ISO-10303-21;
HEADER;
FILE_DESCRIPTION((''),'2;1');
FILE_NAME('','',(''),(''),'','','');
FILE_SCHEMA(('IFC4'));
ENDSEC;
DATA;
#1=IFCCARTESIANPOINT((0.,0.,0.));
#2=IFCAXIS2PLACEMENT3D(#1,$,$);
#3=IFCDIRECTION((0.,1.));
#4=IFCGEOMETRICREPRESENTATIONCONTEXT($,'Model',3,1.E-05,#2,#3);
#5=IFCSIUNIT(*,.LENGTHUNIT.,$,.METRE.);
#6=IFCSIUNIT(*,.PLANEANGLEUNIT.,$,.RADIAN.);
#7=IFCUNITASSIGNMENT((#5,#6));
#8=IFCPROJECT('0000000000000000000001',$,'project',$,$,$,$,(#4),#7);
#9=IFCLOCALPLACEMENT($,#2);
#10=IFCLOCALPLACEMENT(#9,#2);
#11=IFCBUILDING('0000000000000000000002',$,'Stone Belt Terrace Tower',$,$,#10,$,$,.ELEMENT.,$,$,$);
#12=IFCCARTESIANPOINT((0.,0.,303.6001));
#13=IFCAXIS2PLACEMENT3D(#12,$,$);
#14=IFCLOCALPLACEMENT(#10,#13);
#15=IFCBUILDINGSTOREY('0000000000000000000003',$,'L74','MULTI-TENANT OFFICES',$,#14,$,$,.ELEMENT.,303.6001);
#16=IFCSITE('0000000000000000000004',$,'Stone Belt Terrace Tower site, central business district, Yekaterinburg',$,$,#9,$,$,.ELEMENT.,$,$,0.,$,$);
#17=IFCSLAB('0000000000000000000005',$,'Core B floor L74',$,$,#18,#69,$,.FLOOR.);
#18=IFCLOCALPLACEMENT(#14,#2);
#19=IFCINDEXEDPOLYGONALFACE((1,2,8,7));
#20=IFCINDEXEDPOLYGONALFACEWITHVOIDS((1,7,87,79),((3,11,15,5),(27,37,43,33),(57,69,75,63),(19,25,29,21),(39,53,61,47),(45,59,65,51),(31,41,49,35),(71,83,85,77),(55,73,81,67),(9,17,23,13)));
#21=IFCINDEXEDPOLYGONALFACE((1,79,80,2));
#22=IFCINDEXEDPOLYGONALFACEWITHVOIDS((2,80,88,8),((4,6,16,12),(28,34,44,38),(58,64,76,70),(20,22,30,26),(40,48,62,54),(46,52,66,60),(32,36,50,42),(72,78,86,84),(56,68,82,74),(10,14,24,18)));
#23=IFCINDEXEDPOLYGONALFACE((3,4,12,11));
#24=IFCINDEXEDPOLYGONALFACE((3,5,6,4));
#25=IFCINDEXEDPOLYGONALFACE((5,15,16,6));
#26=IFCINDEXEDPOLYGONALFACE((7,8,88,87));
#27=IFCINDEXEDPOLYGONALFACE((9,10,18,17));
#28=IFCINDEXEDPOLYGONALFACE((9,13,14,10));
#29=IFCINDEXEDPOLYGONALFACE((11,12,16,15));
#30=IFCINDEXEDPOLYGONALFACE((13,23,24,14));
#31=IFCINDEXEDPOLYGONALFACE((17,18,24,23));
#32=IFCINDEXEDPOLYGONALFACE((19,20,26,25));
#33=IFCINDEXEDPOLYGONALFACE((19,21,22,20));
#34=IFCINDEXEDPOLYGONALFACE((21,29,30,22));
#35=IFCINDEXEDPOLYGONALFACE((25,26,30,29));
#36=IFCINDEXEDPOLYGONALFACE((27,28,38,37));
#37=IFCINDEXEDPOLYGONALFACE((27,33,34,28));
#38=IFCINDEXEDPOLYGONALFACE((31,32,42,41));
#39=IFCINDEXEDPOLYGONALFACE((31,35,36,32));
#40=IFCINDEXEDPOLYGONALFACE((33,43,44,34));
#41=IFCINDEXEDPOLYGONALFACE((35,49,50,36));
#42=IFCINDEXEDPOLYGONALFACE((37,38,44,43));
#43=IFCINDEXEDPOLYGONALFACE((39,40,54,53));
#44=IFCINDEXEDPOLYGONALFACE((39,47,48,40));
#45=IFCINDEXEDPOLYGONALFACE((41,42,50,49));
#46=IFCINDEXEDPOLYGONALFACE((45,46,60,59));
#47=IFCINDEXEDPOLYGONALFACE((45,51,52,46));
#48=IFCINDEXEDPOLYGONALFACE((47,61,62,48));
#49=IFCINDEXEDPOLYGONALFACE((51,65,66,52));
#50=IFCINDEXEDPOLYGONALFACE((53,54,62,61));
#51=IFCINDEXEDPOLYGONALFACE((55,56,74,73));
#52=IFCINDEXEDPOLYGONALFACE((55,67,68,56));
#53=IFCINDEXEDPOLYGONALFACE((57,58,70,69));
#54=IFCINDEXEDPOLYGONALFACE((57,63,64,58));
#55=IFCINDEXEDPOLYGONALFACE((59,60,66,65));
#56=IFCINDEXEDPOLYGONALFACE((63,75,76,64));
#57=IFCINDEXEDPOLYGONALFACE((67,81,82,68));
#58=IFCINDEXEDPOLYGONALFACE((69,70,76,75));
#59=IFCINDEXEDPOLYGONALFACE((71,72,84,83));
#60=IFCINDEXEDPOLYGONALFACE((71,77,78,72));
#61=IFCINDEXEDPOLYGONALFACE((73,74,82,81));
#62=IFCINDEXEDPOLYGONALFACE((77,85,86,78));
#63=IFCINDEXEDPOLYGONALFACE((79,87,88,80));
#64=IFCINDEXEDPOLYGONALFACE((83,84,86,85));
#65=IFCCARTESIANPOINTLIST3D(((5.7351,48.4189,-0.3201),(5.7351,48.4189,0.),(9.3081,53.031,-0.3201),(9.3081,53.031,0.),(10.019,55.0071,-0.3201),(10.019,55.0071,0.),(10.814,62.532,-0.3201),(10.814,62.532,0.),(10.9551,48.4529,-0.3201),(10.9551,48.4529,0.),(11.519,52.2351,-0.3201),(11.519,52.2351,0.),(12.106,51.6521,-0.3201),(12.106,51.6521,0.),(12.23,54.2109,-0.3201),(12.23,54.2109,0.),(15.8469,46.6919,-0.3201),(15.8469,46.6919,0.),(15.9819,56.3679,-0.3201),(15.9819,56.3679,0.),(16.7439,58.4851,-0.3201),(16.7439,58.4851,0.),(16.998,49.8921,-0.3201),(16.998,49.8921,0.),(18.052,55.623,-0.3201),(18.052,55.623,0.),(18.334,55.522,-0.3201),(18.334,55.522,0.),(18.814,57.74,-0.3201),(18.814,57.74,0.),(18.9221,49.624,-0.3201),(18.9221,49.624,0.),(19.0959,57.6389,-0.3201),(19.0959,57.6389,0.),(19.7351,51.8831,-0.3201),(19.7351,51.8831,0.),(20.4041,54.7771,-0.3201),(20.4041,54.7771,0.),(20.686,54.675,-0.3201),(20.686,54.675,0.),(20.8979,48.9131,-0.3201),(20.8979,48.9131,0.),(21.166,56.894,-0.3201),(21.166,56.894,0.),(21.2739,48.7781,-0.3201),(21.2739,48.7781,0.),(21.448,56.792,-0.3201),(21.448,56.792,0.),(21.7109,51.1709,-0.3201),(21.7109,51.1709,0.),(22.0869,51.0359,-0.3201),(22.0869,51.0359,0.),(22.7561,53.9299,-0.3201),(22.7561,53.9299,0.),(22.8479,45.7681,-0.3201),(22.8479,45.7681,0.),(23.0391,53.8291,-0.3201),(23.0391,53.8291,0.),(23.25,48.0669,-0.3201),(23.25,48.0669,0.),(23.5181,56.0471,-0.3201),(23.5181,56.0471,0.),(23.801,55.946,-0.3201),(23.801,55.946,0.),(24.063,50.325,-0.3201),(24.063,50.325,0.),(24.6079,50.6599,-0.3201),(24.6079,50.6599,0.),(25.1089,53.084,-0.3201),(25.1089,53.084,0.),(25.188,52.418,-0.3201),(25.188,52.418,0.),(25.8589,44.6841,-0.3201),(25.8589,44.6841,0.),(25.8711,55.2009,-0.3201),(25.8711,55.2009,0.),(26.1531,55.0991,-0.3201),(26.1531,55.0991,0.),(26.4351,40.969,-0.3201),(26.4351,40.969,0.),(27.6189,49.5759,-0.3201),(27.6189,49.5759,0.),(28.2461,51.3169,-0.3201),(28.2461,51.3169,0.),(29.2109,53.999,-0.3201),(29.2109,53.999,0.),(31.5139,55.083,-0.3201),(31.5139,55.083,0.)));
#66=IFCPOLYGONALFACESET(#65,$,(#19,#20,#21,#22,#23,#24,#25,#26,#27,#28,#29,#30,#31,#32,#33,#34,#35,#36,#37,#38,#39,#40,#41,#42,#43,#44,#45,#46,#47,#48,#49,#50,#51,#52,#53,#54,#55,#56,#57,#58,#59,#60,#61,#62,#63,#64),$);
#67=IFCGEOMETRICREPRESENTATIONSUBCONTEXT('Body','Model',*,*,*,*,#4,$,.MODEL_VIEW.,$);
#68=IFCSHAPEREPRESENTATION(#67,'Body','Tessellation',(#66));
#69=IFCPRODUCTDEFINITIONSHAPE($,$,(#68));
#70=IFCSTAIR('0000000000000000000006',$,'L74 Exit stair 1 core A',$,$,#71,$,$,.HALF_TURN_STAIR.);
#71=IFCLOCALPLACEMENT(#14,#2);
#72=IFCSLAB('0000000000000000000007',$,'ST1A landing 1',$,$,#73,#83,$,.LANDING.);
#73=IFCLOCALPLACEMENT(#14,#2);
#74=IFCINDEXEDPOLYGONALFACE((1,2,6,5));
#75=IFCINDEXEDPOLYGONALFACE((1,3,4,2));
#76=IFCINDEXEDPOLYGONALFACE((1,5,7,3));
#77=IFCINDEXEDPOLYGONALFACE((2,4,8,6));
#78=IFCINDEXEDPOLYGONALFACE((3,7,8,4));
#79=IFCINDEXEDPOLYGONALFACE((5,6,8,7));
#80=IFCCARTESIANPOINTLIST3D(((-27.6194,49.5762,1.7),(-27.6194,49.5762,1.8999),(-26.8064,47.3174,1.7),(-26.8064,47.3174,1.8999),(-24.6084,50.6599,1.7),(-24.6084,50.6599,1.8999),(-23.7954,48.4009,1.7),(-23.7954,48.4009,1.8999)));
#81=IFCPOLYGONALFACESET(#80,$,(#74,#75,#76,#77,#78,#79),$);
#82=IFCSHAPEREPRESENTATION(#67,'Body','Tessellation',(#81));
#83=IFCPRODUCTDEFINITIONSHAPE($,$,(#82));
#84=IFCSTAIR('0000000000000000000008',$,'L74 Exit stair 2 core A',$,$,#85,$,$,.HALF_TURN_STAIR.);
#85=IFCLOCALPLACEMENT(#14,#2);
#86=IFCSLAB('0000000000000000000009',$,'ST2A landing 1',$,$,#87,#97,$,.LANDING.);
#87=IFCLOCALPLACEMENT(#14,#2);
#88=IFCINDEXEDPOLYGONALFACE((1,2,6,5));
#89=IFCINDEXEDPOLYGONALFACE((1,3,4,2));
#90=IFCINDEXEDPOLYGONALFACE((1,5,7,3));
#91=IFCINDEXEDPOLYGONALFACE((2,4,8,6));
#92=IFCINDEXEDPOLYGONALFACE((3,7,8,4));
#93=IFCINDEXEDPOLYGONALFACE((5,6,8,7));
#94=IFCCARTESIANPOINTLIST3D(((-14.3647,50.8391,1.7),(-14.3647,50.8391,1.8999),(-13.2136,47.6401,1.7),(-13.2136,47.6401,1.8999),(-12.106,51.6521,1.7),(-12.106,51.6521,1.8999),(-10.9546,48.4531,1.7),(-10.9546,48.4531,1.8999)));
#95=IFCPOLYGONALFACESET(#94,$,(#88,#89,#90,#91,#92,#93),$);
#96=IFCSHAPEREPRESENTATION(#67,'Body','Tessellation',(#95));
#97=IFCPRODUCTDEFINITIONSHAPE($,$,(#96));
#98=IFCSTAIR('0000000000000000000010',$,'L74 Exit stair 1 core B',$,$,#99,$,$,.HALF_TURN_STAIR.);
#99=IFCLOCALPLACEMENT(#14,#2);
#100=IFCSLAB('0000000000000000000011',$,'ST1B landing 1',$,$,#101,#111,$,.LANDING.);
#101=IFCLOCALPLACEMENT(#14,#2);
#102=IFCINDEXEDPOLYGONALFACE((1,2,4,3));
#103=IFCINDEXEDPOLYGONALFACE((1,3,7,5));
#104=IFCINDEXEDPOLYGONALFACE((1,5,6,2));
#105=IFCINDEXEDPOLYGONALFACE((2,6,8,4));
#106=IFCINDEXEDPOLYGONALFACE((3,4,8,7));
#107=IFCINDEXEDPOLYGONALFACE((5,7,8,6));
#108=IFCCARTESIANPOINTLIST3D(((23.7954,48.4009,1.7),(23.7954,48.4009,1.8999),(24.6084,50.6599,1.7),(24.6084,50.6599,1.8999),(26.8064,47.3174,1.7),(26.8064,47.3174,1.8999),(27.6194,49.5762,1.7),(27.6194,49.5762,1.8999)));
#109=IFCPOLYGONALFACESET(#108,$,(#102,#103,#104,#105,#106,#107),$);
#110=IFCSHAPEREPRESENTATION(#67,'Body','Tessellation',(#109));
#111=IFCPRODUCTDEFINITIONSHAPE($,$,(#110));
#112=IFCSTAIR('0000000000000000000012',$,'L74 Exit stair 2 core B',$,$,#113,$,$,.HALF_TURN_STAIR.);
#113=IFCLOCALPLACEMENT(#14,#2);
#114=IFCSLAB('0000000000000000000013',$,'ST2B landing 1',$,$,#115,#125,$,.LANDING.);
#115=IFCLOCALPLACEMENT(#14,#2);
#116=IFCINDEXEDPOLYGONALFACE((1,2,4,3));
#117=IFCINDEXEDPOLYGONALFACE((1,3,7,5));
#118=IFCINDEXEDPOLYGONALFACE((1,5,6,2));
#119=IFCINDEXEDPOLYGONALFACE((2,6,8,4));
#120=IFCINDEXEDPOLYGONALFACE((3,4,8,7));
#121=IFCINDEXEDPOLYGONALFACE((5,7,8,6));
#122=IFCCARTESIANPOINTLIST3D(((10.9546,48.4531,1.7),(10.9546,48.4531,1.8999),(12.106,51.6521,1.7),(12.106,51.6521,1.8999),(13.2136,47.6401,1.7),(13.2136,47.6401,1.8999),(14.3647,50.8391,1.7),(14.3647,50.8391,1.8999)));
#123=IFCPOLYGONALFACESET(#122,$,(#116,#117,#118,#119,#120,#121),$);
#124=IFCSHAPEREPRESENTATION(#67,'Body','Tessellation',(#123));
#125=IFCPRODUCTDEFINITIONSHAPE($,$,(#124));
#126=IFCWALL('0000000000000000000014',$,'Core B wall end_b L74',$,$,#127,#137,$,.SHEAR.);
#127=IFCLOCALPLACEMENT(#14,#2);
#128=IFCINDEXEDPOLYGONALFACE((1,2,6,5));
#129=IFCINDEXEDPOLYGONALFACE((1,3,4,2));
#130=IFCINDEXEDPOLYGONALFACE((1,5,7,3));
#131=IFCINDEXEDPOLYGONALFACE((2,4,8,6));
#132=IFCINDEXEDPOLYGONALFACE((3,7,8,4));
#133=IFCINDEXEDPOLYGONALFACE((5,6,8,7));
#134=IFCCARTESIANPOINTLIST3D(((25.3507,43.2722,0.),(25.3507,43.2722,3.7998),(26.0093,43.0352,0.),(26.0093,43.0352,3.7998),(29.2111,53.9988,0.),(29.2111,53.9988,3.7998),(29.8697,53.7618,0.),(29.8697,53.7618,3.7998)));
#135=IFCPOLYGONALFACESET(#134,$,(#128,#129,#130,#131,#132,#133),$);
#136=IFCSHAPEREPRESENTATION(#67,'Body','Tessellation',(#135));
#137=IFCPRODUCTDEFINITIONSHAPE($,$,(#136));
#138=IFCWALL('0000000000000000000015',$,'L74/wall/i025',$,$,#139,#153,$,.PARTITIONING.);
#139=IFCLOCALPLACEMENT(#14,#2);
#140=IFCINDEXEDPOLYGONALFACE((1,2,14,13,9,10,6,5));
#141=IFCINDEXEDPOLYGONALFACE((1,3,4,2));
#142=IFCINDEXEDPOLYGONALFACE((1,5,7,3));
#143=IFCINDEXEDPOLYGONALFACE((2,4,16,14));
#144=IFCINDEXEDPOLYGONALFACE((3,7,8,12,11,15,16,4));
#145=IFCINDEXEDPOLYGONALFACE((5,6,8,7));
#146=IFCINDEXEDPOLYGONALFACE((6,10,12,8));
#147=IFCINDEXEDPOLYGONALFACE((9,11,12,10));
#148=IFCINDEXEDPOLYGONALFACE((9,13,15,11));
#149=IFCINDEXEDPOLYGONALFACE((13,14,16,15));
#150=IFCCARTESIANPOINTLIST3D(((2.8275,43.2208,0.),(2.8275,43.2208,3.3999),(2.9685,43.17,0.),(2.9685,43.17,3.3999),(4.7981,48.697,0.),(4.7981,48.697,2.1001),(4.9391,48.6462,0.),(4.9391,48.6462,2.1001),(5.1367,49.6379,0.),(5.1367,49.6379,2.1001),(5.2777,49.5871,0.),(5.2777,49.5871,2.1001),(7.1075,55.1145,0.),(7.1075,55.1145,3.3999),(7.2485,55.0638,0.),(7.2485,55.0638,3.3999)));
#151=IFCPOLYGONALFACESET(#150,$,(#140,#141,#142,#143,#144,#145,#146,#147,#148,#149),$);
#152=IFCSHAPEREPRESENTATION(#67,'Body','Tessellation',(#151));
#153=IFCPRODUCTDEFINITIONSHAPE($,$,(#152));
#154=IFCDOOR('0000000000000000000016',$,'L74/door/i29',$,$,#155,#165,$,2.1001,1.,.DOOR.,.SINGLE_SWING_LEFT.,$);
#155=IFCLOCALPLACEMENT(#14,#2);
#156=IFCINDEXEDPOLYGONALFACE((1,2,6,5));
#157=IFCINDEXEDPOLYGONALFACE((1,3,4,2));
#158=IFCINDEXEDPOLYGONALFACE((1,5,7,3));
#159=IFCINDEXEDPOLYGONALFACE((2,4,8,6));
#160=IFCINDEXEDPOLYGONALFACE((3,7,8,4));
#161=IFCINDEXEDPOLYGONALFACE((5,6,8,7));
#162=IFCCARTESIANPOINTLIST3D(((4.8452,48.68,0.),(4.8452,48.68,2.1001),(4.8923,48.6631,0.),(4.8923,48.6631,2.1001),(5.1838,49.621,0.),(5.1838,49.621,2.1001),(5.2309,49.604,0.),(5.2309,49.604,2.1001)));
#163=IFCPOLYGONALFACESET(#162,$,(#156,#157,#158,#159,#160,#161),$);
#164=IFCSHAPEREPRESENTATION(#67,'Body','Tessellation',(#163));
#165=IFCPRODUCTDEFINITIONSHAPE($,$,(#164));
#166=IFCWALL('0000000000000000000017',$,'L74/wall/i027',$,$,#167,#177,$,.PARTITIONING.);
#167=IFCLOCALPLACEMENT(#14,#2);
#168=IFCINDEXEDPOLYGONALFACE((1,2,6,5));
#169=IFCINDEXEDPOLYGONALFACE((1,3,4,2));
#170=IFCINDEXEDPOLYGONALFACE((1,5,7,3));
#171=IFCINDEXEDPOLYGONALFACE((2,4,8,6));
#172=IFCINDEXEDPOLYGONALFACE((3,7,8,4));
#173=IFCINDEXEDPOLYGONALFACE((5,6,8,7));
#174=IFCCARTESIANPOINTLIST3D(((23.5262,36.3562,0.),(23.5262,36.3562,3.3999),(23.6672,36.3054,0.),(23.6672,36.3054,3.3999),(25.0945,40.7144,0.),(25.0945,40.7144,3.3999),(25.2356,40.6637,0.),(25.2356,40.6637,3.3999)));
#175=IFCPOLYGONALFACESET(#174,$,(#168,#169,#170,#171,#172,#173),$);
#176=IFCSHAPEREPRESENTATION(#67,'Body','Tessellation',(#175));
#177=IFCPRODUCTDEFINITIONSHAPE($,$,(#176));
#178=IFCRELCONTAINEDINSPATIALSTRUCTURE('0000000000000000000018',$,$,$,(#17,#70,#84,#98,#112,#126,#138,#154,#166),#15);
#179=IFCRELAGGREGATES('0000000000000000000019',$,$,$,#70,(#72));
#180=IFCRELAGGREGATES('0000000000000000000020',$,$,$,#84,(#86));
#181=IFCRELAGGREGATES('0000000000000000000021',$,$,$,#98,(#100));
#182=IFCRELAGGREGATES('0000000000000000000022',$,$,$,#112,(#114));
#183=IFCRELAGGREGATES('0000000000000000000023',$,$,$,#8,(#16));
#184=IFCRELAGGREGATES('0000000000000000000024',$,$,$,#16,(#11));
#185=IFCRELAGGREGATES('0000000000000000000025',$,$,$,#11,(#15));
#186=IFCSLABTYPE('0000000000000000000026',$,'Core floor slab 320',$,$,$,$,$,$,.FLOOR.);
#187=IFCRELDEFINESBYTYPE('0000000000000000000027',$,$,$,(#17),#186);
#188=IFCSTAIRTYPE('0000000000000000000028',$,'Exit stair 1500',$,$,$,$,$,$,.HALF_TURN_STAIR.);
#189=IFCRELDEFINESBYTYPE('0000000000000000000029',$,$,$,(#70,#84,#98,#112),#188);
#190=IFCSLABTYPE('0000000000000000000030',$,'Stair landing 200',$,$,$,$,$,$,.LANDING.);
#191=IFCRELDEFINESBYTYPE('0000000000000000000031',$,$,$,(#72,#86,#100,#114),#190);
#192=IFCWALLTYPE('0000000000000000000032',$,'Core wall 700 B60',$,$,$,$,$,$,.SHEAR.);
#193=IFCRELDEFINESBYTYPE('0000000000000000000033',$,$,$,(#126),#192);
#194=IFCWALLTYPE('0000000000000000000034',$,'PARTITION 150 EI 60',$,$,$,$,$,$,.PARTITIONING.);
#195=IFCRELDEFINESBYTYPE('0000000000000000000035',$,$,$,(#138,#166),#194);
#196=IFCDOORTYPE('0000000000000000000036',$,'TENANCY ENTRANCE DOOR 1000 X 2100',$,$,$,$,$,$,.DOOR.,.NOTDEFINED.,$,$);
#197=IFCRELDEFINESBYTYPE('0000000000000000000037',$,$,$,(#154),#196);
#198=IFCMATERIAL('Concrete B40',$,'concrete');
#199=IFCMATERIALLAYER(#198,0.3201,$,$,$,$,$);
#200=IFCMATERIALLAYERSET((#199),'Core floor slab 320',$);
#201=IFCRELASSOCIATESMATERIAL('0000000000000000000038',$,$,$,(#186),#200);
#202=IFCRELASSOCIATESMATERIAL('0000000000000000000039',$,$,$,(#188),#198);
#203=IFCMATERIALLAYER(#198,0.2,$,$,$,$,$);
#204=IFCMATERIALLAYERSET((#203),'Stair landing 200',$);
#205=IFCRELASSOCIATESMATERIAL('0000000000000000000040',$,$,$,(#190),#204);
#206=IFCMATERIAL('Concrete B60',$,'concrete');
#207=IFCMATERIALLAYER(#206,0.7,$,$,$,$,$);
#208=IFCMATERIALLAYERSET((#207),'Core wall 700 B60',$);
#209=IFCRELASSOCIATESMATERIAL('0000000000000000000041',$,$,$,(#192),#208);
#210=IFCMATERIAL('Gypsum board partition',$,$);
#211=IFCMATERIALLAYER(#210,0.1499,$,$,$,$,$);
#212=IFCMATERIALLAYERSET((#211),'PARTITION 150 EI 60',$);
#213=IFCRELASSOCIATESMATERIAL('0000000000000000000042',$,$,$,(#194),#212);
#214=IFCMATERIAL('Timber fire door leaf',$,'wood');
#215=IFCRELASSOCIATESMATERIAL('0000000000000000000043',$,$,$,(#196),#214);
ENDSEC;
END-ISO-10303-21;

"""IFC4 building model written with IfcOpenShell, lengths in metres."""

from ifc_helpers import new_model, si_unit, direction, frame, frame_2d, origin, place, context, subcontext, project, spatial, polyline, rectangle, outline, extrude, material, layer, layer_set, type_object, element, fill, aggregate, save


model = new_model("IFC4")

# Units and contexts
model_context = context("Model", 3, precision=1e-05, world=origin(), true_north=direction((0.0, 1.0)))
body_context = subcontext(model_context, "Body", "Model", "MODEL_VIEW")
ifc_project = project(units=[si_unit("LENGTHUNIT", "METRE"), si_unit("PLANEANGLEUNIT", "RADIAN")], contexts=[model_context])

# Site, building, storey
site_placement = place(None, origin())
site = spatial("IfcSite", under=ifc_project, at=site_placement, Name="Stone Belt Terrace Tower site, central business district, Yekaterinburg", CompositionType="ELEMENT", RefElevation=0.0)
building_placement = place(site_placement, origin())
building = spatial("IfcBuilding", under=site, at=building_placement, Name="Stone Belt Terrace Tower", CompositionType="ELEMENT")
storey_placement = place(building_placement, frame((0.0, 0.0, 303.6001)))
storey = spatial("IfcBuildingStorey", under=building, at=storey_placement, Name="L74", Description="MULTI-TENANT OFFICES", CompositionType="ELEMENT", Elevation=303.6001)

# Shared definitions
ifc_material_1 = material(Name="Concrete B60", Category="concrete")

# Slab
ifc_material_2 = material(Name="Concrete B40", Category="concrete")
ifc_layer_1 = layer(ifc_material_2, 0.3201)
ifc_layer_set_1 = layer_set([ifc_layer_1], Name="Core floor slab 320")
slab_type_1 = type_object("IfcSlabType", Name="Core floor slab 320", PredefinedType="FLOOR", material=ifc_layer_set_1)
slab_1_placement = place(storey_placement, frame((0.0, 0.0, -0.3201)))
element("IfcSlab", 1, at=slab_1_placement, inside=storey, type_object=slab_type_1, Name="Core B floor L74", PredefinedType="FLOOR", context=body_context, shape_type="SweptSolid", body=[
    extrude(outline(polyline([(26.4351, 40.969), (31.5139, 55.083), (10.814, 62.532), (5.7351, 48.4189), (26.4351, 40.969)]), holes=[polyline([(27.6189, 49.5759), (25.8589, 44.6841), (22.8479, 45.7681), (24.6079, 50.6599), (27.6189, 49.5759)]), polyline([(12.106, 51.6521), (16.998, 49.8921), (15.8469, 46.6919), (10.9551, 48.4529), (12.106, 51.6521)]), polyline([(23.25, 48.0669), (21.2739, 48.7781), (22.0869, 51.0359), (24.063, 50.325), (23.25, 48.0669)]), polyline([(18.9221, 49.624), (19.7351, 51.8831), (21.7109, 51.1709), (20.8979, 48.9131), (18.9221, 49.624)]), polyline([(29.2109, 53.999), (28.2461, 51.3169), (25.188, 52.418), (26.1531, 55.0991), (29.2109, 53.999)]), polyline([(11.519, 52.2351), (9.3081, 53.031), (10.019, 55.0071), (12.23, 54.2109), (11.519, 52.2351)]), polyline([(23.0391, 53.8291), (23.801, 55.946), (25.8711, 55.2009), (25.1089, 53.084), (23.0391, 53.8291)]), polyline([(20.686, 54.675), (21.448, 56.792), (23.5181, 56.0471), (22.7561, 53.9299), (20.686, 54.675)]), polyline([(19.0959, 57.6389), (21.166, 56.894), (20.4041, 54.7771), (18.334, 55.522), (19.0959, 57.6389)]), polyline([(16.7439, 58.4851), (18.814, 57.74), (18.052, 55.623), (15.9819, 56.3679), (16.7439, 58.4851)])]), origin(), (0.0, 0.0, 1.0), 0.3201),
])

# Stairs, slabs
stair_type = type_object("IfcStairType", Name="Exit stair 1500", PredefinedType="HALF_TURN_STAIR", material=ifc_material_2)
stair_1_placement = place(storey_placement, origin())
stair_1 = element("IfcStair", 2, at=stair_1_placement, inside=storey, type_object=stair_type, Name="L74 Exit stair 1 core A", PredefinedType="HALF_TURN_STAIR")
ifc_layer_2 = layer(ifc_material_2, 0.2)
ifc_layer_set_2 = layer_set([ifc_layer_2], Name="Stair landing 200")
slab_type_2 = type_object("IfcSlabType", Name="Stair landing 200", PredefinedType="LANDING", material=ifc_layer_set_2)
slab_2_placement = place(storey_placement, frame((0.0, 0.0, 1.7)))
slab_2 = element("IfcSlab", 3, at=slab_2_placement, type_object=slab_type_2, Name="ST1A landing 1", PredefinedType="LANDING", context=body_context, shape_type="SweptSolid", body=[
    extrude(outline(polyline([(-23.7954, 48.4009), (-24.6084, 50.6599), (-27.6194, 49.5762), (-26.8064, 47.3174), (-23.7954, 48.4009)])), origin(), (0.0, 0.0, 1.0), 0.2),
])
aggregate(stair_1, [slab_2])
stair_2_placement = place(storey_placement, origin())
stair_2 = element("IfcStair", 4, at=stair_2_placement, inside=storey, type_object=stair_type, Name="L74 Exit stair 2 core A", PredefinedType="HALF_TURN_STAIR")
slab_3_placement = place(storey_placement, frame((0.0, 0.0, 1.7)))
slab_3 = element("IfcSlab", 5, at=slab_3_placement, type_object=slab_type_2, Name="ST2A landing 1", PredefinedType="LANDING", context=body_context, shape_type="SweptSolid", body=[
    extrude(outline(polyline([(-13.2136, 47.6401), (-10.9546, 48.4531), (-12.106, 51.6521), (-14.3647, 50.8391), (-13.2136, 47.6401)])), origin(), (0.0, 0.0, 1.0), 0.2),
])
aggregate(stair_2, [slab_3])
stair_3_placement = place(storey_placement, origin())
stair_3 = element("IfcStair", 6, at=stair_3_placement, inside=storey, type_object=stair_type, Name="L74 Exit stair 1 core B", PredefinedType="HALF_TURN_STAIR")
slab_4_placement = place(storey_placement, frame((0.0, 0.0, 1.7)))
slab_4 = element("IfcSlab", 7, at=slab_4_placement, type_object=slab_type_2, Name="ST1B landing 1", PredefinedType="LANDING", context=body_context, shape_type="SweptSolid", body=[
    extrude(outline(polyline([(26.8064, 47.3174), (27.6194, 49.5762), (24.6084, 50.6599), (23.7954, 48.4009), (26.8064, 47.3174)])), origin(), (0.0, 0.0, 1.0), 0.2),
])
aggregate(stair_3, [slab_4])
stair_4_placement = place(storey_placement, origin())
stair_4 = element("IfcStair", 8, at=stair_4_placement, inside=storey, type_object=stair_type, Name="L74 Exit stair 2 core B", PredefinedType="HALF_TURN_STAIR")
slab_5_placement = place(storey_placement, frame((0.0, 0.0, 1.7)))
slab_5 = element("IfcSlab", 9, at=slab_5_placement, type_object=slab_type_2, Name="ST2B landing 1", PredefinedType="LANDING", context=body_context, shape_type="SweptSolid", body=[
    extrude(outline(polyline([(14.3647, 50.8391), (12.106, 51.6521), (10.9546, 48.4531), (13.2136, 47.6401), (14.3647, 50.8391)])), origin(), (0.0, 0.0, 1.0), 0.2),
])
aggregate(stair_4, [slab_5])

# Wall
ifc_layer_3 = layer(ifc_material_1, 0.7)
ifc_layer_set_3 = layer_set([ifc_layer_3], Name="Core wall 700 B60")
wall_type_1 = type_object("IfcWallType", Name="Core wall 700 B60", PredefinedType="SHEAR", material=ifc_layer_set_3)
wall_1_placement = place(storey_placement, frame((25.6799, 43.1536, 0.0), z_axis=(0.0, 0.0, 1.0), x_axis=(0.338625, 0.940921, 0.0)))
element("IfcWall", 10, at=wall_1_placement, inside=storey, type_object=wall_type_1, Name="Core B wall end_b L74", PredefinedType="SHEAR", context=body_context, shape_type="SweptSolid", body=[
    extrude(rectangle(XDim=11.4001, YDim=0.7, at=frame_2d((5.7002, 0.0))), origin(), (0.0, 0.0, 1.0), 3.7998),
])

# Wall, opening, door
ifc_material_3 = material(Name="Gypsum board partition")
ifc_layer_4 = layer(ifc_material_3, 0.1499)
ifc_layer_set_4 = layer_set([ifc_layer_4], Name="PARTITION 150 EI 60")
wall_type_2 = type_object("IfcWallType", Name="PARTITION 150 EI 60", PredefinedType="PARTITIONING", material=ifc_layer_set_4)
wall_2_placement = place(storey_placement, frame((2.8979, 43.1953, 0.0), z_axis=(0.0, 0.0, 1.0), x_axis=(0.338598, 0.940931, 0.0)))
wall_2 = element("IfcWall", 11, at=wall_2_placement, inside=storey, type_object=wall_type_2, Name="L74/wall/i025", PredefinedType="PARTITIONING", context=body_context, shape_type="SweptSolid", body=[
    extrude(rectangle(XDim=12.6404, YDim=0.1499, at=frame_2d((6.3203, 0.0))), origin(), (0.0, 0.0, 1.0), 3.3999),
])
opening_1_placement = place(wall_2_placement, frame((5.8201, 0.0, 0.0)))
opening_1 = element("IfcOpeningElement", 12, at=opening_1_placement, cuts=wall_2, PredefinedType="OPENING", context=body_context, shape_type="SweptSolid", body=[
    extrude(rectangle(XDim=1.0, YDim=2.1001, at=frame_2d((0.5, 1.05))), frame((0.0, 0.085, 0.0), z_axis=(0.0, -1.0, 0.0), x_axis=(1.0, 0.0, 0.0)), (0.0, 0.0, 1.0), 0.1699),
])
ifc_material_4 = material(Name="Timber fire door leaf", Category="wood")
door_type_1 = type_object("IfcDoorType", Name="TENANCY ENTRANCE DOOR 1000 X 2100", OperationType="NOTDEFINED", PredefinedType="DOOR", material=ifc_material_4)
door_1_placement = place(opening_1_placement, origin())
door_1 = element("IfcDoor", 13, at=door_1_placement, inside=storey, type_object=door_type_1, Name="L74/door/i29", OperationType="SINGLE_SWING_LEFT", OverallHeight=2.1001, OverallWidth=1.0, PredefinedType="DOOR", context=body_context, shape_type="SweptSolid", body=[
    extrude(rectangle(XDim=1.0, YDim=2.1001, at=frame_2d((0.5, 1.05))), frame((0.0, 0.0249, 0.0), z_axis=(0.0, -1.0, 0.0), x_axis=(1.0, 0.0, 0.0)), (0.0, 0.0, 1.0), 0.05),
])
fill(opening_1, door_1)

# Wall
wall_3_placement = place(storey_placement, frame((23.5967, 36.3308, 0.0), z_axis=(0.0, 0.0, 1.0), x_axis=(0.338609, 0.940927, 0.0)))
element("IfcWall", 14, at=wall_3_placement, inside=storey, type_object=wall_type_2, Name="L74/wall/i027", PredefinedType="PARTITIONING", context=body_context, shape_type="SweptSolid", body=[
    extrude(rectangle(XDim=4.6318, YDim=0.1499, at=frame_2d((2.3159, 0.0))), origin(), (0.0, 0.0, 1.0), 3.3999),
])

save(model, "model.ifc")
